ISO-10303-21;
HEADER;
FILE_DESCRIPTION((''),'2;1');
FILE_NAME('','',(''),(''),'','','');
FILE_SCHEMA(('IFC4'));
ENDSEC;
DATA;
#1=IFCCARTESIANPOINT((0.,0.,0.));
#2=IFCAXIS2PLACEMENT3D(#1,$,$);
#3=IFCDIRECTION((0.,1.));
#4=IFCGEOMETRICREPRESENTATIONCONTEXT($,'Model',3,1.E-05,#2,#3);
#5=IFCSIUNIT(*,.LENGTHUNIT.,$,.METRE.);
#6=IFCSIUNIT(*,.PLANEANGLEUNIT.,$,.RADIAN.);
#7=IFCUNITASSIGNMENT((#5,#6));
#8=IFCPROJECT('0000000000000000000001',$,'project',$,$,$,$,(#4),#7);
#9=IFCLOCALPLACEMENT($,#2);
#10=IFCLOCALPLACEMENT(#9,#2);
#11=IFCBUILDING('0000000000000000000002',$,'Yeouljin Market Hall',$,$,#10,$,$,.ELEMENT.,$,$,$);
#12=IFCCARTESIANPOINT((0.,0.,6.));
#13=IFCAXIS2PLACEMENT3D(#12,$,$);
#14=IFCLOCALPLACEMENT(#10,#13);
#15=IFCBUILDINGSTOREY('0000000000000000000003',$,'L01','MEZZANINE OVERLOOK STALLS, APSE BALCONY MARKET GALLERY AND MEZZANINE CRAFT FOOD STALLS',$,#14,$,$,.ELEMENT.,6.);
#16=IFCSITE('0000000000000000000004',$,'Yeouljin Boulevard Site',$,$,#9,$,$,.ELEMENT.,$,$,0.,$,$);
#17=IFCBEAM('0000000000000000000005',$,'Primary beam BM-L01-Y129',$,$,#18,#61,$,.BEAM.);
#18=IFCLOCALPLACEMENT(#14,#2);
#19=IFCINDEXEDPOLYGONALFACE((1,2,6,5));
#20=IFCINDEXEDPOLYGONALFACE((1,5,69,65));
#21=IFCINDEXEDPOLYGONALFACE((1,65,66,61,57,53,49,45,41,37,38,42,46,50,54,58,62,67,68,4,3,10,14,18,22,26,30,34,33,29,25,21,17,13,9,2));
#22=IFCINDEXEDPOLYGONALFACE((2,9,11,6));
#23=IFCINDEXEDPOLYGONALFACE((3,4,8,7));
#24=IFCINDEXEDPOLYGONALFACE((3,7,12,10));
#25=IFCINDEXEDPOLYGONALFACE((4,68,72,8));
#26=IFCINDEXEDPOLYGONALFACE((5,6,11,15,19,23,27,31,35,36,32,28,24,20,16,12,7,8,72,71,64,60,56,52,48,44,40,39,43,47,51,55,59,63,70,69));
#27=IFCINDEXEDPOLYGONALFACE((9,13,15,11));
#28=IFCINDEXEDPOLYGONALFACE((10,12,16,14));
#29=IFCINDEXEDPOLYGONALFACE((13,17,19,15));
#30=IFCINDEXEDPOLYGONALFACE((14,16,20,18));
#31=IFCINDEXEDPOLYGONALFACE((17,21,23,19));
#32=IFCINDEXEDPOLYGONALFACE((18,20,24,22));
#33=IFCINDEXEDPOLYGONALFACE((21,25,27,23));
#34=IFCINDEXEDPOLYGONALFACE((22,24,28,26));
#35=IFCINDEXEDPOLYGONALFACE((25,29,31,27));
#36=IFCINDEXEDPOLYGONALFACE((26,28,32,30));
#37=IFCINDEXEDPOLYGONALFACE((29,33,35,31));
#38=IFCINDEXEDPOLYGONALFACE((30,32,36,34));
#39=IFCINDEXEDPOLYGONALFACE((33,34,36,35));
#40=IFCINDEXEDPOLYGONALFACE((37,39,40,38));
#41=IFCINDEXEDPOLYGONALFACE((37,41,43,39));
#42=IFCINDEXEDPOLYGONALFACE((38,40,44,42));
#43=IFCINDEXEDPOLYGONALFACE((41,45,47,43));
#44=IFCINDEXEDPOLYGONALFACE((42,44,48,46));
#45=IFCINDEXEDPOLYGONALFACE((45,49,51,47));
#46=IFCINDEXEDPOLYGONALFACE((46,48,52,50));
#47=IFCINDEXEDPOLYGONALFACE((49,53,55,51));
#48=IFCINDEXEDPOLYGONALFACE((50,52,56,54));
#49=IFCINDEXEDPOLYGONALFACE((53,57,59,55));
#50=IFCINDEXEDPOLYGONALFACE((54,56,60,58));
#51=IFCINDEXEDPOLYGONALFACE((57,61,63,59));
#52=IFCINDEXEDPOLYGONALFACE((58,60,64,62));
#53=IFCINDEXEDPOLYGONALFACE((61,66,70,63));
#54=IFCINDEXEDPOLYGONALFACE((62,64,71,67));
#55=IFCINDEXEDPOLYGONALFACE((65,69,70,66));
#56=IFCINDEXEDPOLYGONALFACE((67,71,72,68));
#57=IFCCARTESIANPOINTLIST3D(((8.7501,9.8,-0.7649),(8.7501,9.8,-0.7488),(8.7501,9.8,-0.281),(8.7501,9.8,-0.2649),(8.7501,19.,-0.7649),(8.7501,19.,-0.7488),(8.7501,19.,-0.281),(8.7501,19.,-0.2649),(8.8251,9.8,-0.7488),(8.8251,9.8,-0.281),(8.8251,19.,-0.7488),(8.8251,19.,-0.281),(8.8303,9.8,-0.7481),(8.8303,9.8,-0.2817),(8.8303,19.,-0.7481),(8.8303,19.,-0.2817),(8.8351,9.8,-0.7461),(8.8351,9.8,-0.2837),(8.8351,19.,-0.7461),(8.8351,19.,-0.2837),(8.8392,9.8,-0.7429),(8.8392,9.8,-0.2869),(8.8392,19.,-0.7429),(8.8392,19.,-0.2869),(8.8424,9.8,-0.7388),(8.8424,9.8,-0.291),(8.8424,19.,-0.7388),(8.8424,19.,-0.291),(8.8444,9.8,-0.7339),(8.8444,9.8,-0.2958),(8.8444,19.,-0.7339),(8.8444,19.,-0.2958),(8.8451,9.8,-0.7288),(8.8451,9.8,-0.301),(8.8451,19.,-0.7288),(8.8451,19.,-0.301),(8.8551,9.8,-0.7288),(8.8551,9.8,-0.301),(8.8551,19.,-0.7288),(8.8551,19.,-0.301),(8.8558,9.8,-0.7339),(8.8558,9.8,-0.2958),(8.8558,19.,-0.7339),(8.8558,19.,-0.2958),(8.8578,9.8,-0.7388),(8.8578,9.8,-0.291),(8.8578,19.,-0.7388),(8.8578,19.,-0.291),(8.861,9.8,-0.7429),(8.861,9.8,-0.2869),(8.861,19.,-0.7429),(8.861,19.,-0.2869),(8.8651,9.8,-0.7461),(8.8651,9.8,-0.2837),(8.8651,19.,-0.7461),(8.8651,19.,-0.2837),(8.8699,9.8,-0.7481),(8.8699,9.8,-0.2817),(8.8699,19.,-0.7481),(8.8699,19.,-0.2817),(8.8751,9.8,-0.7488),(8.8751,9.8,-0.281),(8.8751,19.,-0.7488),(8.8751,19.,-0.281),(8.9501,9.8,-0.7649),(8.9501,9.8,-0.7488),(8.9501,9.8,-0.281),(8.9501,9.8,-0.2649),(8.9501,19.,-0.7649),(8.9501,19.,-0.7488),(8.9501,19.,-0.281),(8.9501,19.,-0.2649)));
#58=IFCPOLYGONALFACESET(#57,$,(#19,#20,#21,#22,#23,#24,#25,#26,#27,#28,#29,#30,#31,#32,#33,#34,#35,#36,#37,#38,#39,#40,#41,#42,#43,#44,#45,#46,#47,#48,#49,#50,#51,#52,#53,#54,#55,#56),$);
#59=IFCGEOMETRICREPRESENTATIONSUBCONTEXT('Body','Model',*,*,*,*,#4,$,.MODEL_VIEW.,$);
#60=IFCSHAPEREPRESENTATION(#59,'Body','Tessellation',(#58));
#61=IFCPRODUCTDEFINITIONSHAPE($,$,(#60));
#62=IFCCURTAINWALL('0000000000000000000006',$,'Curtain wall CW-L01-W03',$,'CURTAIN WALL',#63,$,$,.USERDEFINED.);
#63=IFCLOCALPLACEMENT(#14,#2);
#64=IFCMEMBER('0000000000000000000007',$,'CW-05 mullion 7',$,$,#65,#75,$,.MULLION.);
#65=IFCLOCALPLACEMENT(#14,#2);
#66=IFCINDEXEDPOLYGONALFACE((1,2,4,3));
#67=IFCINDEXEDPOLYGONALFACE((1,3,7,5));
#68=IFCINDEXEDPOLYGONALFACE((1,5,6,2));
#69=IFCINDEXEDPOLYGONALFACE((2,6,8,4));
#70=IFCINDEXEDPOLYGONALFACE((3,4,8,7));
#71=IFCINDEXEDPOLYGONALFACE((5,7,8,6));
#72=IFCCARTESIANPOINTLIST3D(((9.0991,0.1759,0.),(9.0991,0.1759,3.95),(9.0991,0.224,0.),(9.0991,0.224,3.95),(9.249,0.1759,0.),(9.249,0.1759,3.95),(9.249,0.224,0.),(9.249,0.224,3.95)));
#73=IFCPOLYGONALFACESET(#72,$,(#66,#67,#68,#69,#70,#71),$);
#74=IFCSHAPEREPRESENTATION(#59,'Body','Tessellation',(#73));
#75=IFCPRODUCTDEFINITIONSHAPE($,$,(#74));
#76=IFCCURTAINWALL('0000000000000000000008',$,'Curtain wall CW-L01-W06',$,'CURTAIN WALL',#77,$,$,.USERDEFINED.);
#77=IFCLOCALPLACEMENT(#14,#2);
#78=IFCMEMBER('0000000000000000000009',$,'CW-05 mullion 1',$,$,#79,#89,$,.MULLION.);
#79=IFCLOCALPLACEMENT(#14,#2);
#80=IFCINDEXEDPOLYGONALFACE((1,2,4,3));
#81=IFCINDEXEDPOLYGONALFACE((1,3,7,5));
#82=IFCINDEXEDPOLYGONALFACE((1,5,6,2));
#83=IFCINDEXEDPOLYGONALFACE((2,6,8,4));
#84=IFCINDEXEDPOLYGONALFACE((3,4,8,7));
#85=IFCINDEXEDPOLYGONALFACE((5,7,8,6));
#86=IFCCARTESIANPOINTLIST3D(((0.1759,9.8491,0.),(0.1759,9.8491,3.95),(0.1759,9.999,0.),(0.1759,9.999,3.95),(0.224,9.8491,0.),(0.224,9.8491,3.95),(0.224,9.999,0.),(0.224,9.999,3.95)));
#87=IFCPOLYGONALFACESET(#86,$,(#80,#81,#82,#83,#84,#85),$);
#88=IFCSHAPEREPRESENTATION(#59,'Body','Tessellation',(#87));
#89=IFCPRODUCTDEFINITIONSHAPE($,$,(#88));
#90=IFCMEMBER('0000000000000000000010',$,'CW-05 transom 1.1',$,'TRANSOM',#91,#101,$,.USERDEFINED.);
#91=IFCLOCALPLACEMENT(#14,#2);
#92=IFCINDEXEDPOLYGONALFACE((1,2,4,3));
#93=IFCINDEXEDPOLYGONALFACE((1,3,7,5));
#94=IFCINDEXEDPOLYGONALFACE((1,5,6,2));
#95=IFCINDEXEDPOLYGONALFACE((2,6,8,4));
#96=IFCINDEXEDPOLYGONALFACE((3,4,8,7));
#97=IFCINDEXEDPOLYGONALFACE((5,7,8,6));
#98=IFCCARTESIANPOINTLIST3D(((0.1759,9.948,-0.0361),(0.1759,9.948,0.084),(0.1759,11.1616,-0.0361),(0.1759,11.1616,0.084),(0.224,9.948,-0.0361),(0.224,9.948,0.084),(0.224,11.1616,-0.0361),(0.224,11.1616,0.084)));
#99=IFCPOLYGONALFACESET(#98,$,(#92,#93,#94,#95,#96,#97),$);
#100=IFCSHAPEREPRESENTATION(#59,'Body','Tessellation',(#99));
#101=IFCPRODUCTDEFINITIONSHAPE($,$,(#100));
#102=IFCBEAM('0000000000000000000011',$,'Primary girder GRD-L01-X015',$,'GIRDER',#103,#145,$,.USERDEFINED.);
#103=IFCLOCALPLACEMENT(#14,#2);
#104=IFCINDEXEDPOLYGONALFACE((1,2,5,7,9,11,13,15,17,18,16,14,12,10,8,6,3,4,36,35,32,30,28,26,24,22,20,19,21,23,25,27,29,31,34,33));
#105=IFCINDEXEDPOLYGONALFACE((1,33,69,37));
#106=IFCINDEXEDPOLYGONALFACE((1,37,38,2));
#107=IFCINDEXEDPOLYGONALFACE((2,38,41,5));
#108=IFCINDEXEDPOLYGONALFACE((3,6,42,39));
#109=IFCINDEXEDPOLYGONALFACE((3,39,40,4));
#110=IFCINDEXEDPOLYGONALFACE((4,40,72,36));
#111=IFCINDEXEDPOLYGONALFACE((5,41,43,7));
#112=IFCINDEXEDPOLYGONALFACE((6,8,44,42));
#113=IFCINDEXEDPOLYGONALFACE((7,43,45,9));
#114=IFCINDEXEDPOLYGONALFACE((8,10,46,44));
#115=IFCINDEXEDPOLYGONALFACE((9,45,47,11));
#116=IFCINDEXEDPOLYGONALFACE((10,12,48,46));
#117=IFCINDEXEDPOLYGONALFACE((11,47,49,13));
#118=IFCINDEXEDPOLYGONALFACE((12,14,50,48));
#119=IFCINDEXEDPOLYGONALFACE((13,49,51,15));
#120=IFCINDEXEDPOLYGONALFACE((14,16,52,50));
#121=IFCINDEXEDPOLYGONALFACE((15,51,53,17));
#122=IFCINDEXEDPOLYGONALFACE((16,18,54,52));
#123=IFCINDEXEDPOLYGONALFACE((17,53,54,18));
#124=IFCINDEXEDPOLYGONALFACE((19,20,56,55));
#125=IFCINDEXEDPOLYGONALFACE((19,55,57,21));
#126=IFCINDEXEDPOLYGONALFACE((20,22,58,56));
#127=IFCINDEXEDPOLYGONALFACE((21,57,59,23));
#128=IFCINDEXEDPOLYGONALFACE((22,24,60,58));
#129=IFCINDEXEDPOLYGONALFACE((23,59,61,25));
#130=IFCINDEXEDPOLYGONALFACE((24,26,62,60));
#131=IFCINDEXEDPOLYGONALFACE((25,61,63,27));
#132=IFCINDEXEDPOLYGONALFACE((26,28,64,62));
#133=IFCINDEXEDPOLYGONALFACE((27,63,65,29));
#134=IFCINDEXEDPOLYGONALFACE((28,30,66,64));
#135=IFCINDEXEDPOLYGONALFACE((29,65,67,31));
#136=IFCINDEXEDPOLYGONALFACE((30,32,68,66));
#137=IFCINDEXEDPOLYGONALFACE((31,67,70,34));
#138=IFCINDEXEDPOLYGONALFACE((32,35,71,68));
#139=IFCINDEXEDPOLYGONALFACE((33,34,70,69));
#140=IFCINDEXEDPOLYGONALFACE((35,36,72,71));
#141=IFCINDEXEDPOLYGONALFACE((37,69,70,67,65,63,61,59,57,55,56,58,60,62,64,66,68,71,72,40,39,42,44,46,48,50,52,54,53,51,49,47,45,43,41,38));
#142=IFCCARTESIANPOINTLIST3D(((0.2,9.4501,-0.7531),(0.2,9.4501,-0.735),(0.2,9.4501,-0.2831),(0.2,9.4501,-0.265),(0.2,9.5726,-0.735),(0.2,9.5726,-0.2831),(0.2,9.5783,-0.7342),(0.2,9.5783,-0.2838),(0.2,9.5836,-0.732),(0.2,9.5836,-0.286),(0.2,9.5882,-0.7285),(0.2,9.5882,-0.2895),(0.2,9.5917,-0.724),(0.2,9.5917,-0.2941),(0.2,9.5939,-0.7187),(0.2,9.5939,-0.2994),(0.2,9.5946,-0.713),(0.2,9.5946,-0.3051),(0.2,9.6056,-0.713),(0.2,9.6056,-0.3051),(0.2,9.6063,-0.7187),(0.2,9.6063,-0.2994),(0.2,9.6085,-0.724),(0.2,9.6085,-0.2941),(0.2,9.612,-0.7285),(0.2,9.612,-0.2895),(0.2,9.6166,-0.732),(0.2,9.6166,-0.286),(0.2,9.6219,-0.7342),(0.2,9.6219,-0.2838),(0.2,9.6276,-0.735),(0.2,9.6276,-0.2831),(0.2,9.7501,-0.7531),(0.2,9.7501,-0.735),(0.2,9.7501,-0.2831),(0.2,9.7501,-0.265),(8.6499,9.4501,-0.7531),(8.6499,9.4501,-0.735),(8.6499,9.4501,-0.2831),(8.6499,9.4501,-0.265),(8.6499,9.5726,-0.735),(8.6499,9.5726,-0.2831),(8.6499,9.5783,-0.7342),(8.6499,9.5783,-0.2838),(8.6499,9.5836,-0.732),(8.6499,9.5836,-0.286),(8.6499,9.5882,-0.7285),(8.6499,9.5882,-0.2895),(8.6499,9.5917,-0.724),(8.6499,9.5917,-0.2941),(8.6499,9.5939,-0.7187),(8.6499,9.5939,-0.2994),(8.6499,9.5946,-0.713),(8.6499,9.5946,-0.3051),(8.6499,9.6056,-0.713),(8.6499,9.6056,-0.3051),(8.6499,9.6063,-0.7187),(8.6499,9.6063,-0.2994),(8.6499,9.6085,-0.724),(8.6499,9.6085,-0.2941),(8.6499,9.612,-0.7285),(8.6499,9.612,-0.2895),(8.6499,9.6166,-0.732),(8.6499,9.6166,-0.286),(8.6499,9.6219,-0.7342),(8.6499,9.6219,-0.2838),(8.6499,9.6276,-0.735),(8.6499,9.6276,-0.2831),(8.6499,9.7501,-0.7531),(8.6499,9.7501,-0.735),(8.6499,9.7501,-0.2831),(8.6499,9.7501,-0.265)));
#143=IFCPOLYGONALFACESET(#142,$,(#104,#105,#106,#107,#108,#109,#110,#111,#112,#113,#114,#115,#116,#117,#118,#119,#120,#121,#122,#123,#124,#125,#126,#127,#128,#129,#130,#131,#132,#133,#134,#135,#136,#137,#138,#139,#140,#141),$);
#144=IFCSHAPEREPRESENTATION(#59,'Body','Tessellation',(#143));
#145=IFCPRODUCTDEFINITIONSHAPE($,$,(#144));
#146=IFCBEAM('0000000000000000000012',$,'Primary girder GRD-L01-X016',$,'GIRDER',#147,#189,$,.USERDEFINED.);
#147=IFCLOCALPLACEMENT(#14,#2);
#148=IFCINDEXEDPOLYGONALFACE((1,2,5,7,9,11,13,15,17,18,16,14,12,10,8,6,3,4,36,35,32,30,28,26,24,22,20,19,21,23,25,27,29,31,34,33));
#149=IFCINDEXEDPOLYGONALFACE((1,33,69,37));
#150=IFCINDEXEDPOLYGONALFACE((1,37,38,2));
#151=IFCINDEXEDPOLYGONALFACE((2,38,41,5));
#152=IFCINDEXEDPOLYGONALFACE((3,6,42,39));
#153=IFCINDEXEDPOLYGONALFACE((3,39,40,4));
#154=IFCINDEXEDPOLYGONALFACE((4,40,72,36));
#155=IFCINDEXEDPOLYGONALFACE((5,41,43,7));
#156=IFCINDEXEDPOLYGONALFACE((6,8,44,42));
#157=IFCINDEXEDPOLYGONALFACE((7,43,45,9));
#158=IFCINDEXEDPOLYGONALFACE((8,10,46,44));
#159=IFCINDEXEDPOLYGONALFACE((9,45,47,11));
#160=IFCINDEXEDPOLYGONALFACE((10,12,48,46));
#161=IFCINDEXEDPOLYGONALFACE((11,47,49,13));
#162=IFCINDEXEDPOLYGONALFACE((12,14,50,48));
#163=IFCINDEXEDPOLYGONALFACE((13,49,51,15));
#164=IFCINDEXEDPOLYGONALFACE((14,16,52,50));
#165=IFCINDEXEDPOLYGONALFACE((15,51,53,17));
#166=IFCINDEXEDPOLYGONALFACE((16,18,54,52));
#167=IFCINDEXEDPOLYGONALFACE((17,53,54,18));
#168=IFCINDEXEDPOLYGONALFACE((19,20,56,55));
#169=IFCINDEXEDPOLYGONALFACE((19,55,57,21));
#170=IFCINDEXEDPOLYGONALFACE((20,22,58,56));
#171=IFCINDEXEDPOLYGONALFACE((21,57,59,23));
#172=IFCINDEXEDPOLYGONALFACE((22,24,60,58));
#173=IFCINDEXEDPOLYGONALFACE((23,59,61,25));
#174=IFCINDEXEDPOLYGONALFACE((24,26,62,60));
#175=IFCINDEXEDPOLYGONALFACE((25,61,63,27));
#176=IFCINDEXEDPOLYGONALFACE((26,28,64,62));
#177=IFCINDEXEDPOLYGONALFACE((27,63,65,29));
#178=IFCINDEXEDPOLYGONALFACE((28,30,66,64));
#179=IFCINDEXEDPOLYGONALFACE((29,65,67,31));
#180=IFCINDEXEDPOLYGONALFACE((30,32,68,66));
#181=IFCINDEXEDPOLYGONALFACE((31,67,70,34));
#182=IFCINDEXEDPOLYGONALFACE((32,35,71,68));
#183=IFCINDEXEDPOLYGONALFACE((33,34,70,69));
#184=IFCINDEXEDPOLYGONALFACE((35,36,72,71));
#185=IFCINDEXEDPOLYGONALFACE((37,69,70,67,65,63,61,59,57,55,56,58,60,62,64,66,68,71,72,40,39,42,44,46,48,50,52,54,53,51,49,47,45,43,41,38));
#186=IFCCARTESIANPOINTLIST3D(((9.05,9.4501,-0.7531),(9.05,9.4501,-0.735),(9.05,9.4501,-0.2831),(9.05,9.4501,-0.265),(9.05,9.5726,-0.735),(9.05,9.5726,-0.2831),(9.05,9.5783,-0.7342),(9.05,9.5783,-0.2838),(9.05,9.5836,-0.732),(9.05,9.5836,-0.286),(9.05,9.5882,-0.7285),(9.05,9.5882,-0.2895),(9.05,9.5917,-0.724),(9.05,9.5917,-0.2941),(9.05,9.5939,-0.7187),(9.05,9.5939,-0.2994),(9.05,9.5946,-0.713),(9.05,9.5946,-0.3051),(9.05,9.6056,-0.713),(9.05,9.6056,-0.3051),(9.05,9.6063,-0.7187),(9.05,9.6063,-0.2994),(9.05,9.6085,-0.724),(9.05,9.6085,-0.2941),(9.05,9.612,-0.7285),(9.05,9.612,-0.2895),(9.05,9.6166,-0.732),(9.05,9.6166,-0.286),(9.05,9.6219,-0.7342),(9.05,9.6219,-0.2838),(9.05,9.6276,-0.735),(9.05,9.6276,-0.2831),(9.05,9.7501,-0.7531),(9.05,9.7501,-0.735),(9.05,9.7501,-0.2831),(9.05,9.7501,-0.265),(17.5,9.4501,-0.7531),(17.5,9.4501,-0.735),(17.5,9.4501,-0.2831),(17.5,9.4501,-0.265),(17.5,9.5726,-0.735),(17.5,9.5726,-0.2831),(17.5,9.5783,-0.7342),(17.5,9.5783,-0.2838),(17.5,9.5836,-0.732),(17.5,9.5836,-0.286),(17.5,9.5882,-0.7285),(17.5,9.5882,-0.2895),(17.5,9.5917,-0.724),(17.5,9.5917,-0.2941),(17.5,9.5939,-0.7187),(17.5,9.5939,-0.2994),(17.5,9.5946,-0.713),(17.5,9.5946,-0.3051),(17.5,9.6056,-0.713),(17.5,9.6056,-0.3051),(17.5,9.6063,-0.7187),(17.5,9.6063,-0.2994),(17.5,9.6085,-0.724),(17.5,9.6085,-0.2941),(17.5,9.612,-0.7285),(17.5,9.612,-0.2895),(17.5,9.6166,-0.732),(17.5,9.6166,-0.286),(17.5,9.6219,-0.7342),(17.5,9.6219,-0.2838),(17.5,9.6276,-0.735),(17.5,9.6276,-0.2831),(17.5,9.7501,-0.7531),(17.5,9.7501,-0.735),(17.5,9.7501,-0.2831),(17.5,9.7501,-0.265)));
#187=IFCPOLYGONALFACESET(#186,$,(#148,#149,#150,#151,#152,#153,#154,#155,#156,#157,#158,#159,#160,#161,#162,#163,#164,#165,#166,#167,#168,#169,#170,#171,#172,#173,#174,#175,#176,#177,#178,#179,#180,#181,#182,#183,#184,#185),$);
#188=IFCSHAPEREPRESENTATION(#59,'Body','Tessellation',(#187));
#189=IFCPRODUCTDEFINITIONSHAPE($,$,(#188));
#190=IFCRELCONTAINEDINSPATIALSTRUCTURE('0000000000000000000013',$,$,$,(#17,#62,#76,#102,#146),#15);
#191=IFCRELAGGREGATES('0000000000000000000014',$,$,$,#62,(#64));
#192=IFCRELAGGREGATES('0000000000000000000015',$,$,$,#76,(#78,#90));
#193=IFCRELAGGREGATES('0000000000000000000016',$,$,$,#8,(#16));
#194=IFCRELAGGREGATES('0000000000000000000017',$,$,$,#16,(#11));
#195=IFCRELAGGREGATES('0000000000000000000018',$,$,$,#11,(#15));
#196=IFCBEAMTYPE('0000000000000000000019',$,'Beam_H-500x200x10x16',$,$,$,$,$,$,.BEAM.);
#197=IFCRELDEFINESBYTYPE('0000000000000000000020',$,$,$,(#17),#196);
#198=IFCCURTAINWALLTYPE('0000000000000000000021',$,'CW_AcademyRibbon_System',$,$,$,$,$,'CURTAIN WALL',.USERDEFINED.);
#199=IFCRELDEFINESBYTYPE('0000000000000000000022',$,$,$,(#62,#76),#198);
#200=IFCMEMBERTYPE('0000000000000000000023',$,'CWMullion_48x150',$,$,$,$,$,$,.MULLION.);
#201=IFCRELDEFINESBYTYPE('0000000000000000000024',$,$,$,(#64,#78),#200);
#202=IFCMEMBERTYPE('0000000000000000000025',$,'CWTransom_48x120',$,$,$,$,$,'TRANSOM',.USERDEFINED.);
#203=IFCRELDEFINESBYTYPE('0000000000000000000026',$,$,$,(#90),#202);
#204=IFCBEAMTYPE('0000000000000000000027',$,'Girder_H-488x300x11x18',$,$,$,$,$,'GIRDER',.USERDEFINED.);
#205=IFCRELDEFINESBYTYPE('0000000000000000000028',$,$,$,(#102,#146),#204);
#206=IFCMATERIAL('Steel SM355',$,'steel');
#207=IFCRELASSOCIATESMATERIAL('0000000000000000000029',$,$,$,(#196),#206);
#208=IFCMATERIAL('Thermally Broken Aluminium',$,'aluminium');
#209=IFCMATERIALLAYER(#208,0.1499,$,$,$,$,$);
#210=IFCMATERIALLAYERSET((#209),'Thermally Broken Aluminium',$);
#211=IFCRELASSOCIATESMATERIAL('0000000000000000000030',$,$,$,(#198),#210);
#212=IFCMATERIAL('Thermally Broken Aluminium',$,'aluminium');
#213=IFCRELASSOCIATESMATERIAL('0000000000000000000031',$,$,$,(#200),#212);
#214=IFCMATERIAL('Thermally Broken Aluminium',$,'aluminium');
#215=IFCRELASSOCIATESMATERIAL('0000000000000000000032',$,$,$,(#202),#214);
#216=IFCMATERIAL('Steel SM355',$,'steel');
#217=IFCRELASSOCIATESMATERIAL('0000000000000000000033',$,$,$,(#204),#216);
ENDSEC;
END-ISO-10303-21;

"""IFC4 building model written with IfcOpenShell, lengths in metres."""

from ifc_helpers import new_model, si_unit, direction, frame, origin, origin_2d, place, context, subcontext, project, spatial, rectangle, i_section, extrude, material, layer, layer_set, material_profile, profile_set, type_object, element, aggregate, save


model = new_model("IFC4")

# Units and contexts
model_context = context("Model", 3, precision=1e-05, world=origin(), true_north=direction((0.0, 1.0)))
body_context = subcontext(model_context, "Body", "Model", "MODEL_VIEW")
ifc_project = project(units=[si_unit("LENGTHUNIT", "METRE"), si_unit("PLANEANGLEUNIT", "RADIAN")], contexts=[model_context])

# Site, building, storey
site_placement = place(None, origin())
site = spatial("IfcSite", under=ifc_project, at=site_placement, Name="Yeouljin Boulevard Site", CompositionType="ELEMENT", RefElevation=0.0)
building_placement = place(site_placement, origin())
building = spatial("IfcBuilding", under=site, at=building_placement, Name="Yeouljin Market Hall", CompositionType="ELEMENT")
storey_placement = place(building_placement, frame((0.0, 0.0, 6.0)))
storey = spatial("IfcBuildingStorey", under=building, at=storey_placement, Name="L01", Description="MEZZANINE OVERLOOK STALLS, APSE BALCONY MARKET GALLERY AND MEZZANINE CRAFT FOOD STALLS", CompositionType="ELEMENT", Elevation=6.0)

# Beam
ifc_material_1 = material(Name="Steel SM355", Category="steel")
ifc_material_profile_1 = material_profile(ifc_material_1, i_section(OverallWidth=0.2, OverallDepth=0.5, WebThickness=0.01, FlangeThickness=0.0161, FilletRadius=0.02, at=origin_2d()), Name="H-500x200x10x16")
ifc_profile_set_1 = profile_set([ifc_material_profile_1], Name="Steel SM355")
beam_type_1 = type_object("IfcBeamType", Name="Beam_H-500x200x10x16", PredefinedType="BEAM", material=ifc_profile_set_1)
for number, where, z_axis, x_axis, name in (
    (1, (8.8501, 9.8, -0.5149), (0.0, 1.0, 0.0), (-1.0, 0.0, 0.0), "Primary beam BM-L01-Y129"),
):
    element("IfcBeam", number, at=place(storey_placement, frame(where, z_axis=z_axis, x_axis=x_axis)), inside=storey, type_object=beam_type_1, Name=name, PredefinedType="BEAM", context=body_context, shape_type="SweptSolid", body=[
        extrude(i_section(OverallWidth=0.2, OverallDepth=0.5, WebThickness=0.01, FlangeThickness=0.0161, FilletRadius=0.02, at=origin_2d()), origin(), (0.0, 0.0, 1.0), 9.2),
    ])

# Curtain wall, member
ifc_material_2 = material(Name="Thermally Broken Aluminium", Category="aluminium")
ifc_layer_1 = layer(ifc_material_2, 0.1499)
ifc_layer_set_1 = layer_set([ifc_layer_1], Name="Thermally Broken Aluminium")
curtain_wall_type = type_object("IfcCurtainWallType", Name="CW_AcademyRibbon_System", ElementType="CURTAIN WALL", PredefinedType="USERDEFINED", material=ifc_layer_set_1)
curtain_wall_1_placement = place(storey_placement, origin())
curtain_wall_1 = element("IfcCurtainWall", 2, at=curtain_wall_1_placement, inside=storey, type_object=curtain_wall_type, Name="Curtain wall CW-L01-W03", ObjectType="CURTAIN WALL", PredefinedType="USERDEFINED")
ifc_material_3 = material(Name="Thermally Broken Aluminium", Category="aluminium")
ifc_material_profile_2 = material_profile(ifc_material_3, rectangle(XDim=0.0481, YDim=0.1499, at=origin_2d()), Name="CW-MULL-48x150")
ifc_profile_set_2 = profile_set([ifc_material_profile_2], Name="Thermally Broken Aluminium")
member_type_1 = type_object("IfcMemberType", Name="CWMullion_48x150", PredefinedType="MULLION", material=ifc_profile_set_2)
member_1_placement = place(storey_placement, frame((9.1741, 0.2, 0.0), z_axis=(0.0, 0.0, 1.0), x_axis=(0.0, -1.0, 0.0)))
member_1 = element("IfcMember", 3, at=member_1_placement, type_object=member_type_1, Name="CW-05 mullion 7", PredefinedType="MULLION", context=body_context, shape_type="SweptSolid", body=[
    extrude(rectangle(XDim=0.0481, YDim=0.1499, at=origin_2d()), origin(), (0.0, 0.0, 1.0), 3.95),
])
aggregate(curtain_wall_1, [member_1])

# Curtain wall, members
curtain_wall_2_placement = place(storey_placement, origin())
curtain_wall_2 = element("IfcCurtainWall", 4, at=curtain_wall_2_placement, inside=storey, type_object=curtain_wall_type, Name="Curtain wall CW-L01-W06", ObjectType="CURTAIN WALL", PredefinedType="USERDEFINED")
member_2_placement = place(storey_placement, frame((0.2, 9.9241, 0.0), z_axis=(0.0, 0.0, 1.0), x_axis=(-1.0, 0.0, 0.0)))
member_2 = element("IfcMember", 5, at=member_2_placement, type_object=member_type_1, Name="CW-05 mullion 1", PredefinedType="MULLION", context=body_context, shape_type="SweptSolid", body=[
    extrude(rectangle(XDim=0.0481, YDim=0.1499, at=origin_2d()), origin(), (0.0, 0.0, 1.0), 3.95),
])
ifc_material_4 = material(Name="Thermally Broken Aluminium", Category="aluminium")
ifc_material_profile_3 = material_profile(ifc_material_4, rectangle(XDim=0.0481, YDim=0.1201, at=origin_2d()), Name="CW-TRAN-48x120")
ifc_profile_set_3 = profile_set([ifc_material_profile_3], Name="Thermally Broken Aluminium")
member_type_2 = type_object("IfcMemberType", Name="CWTransom_48x120", ElementType="TRANSOM", PredefinedType="USERDEFINED", material=ifc_profile_set_3)
member_3_placement = place(storey_placement, frame((0.2, 9.948, 0.0239), z_axis=(0.0, 1.0, 0.0), x_axis=(-1.0, 0.0, 0.0)))
member_3 = element("IfcMember", 6, at=member_3_placement, type_object=member_type_2, Name="CW-05 transom 1.1", ObjectType="TRANSOM", PredefinedType="USERDEFINED", context=body_context, shape_type="SweptSolid", body=[
    extrude(rectangle(XDim=0.0481, YDim=0.1201, at=origin_2d()), origin(), (0.0, 0.0, 1.0), 1.2136),
])
aggregate(curtain_wall_2, [member_2, member_3])

# Beams
ifc_material_5 = material(Name="Steel SM355", Category="steel")
ifc_material_profile_4 = material_profile(ifc_material_5, i_section(OverallWidth=0.3, OverallDepth=0.488, WebThickness=0.011, FlangeThickness=0.0181, FilletRadius=0.022, at=origin_2d()), Name="H-488x300x11x18")
ifc_profile_set_4 = profile_set([ifc_material_profile_4], Name="Steel SM355")
beam_type_2 = type_object("IfcBeamType", Name="Girder_H-488x300x11x18", ElementType="GIRDER", PredefinedType="USERDEFINED", material=ifc_profile_set_4)
for number, where, z_axis, x_axis, name in (
    (7, (0.2, 9.6001, -0.509), (1.0, 0.0, 0.0), (0.0, 1.0, 0.0), "Primary girder GRD-L01-X015"),
    (8, (9.05, 9.6001, -0.509), (1.0, 0.0, 0.0), (0.0, 1.0, 0.0), "Primary girder GRD-L01-X016"),
):
    element("IfcBeam", number, at=place(storey_placement, frame(where, z_axis=z_axis, x_axis=x_axis)), inside=storey, type_object=beam_type_2, Name=name, ObjectType="GIRDER", PredefinedType="USERDEFINED", context=body_context, shape_type="SweptSolid", body=[
        extrude(i_section(OverallWidth=0.3, OverallDepth=0.488, WebThickness=0.011, FlangeThickness=0.0181, FilletRadius=0.022, at=origin_2d()), origin(), (0.0, 0.0, 1.0), 8.45),
    ])

save(model, "model.ifc")
